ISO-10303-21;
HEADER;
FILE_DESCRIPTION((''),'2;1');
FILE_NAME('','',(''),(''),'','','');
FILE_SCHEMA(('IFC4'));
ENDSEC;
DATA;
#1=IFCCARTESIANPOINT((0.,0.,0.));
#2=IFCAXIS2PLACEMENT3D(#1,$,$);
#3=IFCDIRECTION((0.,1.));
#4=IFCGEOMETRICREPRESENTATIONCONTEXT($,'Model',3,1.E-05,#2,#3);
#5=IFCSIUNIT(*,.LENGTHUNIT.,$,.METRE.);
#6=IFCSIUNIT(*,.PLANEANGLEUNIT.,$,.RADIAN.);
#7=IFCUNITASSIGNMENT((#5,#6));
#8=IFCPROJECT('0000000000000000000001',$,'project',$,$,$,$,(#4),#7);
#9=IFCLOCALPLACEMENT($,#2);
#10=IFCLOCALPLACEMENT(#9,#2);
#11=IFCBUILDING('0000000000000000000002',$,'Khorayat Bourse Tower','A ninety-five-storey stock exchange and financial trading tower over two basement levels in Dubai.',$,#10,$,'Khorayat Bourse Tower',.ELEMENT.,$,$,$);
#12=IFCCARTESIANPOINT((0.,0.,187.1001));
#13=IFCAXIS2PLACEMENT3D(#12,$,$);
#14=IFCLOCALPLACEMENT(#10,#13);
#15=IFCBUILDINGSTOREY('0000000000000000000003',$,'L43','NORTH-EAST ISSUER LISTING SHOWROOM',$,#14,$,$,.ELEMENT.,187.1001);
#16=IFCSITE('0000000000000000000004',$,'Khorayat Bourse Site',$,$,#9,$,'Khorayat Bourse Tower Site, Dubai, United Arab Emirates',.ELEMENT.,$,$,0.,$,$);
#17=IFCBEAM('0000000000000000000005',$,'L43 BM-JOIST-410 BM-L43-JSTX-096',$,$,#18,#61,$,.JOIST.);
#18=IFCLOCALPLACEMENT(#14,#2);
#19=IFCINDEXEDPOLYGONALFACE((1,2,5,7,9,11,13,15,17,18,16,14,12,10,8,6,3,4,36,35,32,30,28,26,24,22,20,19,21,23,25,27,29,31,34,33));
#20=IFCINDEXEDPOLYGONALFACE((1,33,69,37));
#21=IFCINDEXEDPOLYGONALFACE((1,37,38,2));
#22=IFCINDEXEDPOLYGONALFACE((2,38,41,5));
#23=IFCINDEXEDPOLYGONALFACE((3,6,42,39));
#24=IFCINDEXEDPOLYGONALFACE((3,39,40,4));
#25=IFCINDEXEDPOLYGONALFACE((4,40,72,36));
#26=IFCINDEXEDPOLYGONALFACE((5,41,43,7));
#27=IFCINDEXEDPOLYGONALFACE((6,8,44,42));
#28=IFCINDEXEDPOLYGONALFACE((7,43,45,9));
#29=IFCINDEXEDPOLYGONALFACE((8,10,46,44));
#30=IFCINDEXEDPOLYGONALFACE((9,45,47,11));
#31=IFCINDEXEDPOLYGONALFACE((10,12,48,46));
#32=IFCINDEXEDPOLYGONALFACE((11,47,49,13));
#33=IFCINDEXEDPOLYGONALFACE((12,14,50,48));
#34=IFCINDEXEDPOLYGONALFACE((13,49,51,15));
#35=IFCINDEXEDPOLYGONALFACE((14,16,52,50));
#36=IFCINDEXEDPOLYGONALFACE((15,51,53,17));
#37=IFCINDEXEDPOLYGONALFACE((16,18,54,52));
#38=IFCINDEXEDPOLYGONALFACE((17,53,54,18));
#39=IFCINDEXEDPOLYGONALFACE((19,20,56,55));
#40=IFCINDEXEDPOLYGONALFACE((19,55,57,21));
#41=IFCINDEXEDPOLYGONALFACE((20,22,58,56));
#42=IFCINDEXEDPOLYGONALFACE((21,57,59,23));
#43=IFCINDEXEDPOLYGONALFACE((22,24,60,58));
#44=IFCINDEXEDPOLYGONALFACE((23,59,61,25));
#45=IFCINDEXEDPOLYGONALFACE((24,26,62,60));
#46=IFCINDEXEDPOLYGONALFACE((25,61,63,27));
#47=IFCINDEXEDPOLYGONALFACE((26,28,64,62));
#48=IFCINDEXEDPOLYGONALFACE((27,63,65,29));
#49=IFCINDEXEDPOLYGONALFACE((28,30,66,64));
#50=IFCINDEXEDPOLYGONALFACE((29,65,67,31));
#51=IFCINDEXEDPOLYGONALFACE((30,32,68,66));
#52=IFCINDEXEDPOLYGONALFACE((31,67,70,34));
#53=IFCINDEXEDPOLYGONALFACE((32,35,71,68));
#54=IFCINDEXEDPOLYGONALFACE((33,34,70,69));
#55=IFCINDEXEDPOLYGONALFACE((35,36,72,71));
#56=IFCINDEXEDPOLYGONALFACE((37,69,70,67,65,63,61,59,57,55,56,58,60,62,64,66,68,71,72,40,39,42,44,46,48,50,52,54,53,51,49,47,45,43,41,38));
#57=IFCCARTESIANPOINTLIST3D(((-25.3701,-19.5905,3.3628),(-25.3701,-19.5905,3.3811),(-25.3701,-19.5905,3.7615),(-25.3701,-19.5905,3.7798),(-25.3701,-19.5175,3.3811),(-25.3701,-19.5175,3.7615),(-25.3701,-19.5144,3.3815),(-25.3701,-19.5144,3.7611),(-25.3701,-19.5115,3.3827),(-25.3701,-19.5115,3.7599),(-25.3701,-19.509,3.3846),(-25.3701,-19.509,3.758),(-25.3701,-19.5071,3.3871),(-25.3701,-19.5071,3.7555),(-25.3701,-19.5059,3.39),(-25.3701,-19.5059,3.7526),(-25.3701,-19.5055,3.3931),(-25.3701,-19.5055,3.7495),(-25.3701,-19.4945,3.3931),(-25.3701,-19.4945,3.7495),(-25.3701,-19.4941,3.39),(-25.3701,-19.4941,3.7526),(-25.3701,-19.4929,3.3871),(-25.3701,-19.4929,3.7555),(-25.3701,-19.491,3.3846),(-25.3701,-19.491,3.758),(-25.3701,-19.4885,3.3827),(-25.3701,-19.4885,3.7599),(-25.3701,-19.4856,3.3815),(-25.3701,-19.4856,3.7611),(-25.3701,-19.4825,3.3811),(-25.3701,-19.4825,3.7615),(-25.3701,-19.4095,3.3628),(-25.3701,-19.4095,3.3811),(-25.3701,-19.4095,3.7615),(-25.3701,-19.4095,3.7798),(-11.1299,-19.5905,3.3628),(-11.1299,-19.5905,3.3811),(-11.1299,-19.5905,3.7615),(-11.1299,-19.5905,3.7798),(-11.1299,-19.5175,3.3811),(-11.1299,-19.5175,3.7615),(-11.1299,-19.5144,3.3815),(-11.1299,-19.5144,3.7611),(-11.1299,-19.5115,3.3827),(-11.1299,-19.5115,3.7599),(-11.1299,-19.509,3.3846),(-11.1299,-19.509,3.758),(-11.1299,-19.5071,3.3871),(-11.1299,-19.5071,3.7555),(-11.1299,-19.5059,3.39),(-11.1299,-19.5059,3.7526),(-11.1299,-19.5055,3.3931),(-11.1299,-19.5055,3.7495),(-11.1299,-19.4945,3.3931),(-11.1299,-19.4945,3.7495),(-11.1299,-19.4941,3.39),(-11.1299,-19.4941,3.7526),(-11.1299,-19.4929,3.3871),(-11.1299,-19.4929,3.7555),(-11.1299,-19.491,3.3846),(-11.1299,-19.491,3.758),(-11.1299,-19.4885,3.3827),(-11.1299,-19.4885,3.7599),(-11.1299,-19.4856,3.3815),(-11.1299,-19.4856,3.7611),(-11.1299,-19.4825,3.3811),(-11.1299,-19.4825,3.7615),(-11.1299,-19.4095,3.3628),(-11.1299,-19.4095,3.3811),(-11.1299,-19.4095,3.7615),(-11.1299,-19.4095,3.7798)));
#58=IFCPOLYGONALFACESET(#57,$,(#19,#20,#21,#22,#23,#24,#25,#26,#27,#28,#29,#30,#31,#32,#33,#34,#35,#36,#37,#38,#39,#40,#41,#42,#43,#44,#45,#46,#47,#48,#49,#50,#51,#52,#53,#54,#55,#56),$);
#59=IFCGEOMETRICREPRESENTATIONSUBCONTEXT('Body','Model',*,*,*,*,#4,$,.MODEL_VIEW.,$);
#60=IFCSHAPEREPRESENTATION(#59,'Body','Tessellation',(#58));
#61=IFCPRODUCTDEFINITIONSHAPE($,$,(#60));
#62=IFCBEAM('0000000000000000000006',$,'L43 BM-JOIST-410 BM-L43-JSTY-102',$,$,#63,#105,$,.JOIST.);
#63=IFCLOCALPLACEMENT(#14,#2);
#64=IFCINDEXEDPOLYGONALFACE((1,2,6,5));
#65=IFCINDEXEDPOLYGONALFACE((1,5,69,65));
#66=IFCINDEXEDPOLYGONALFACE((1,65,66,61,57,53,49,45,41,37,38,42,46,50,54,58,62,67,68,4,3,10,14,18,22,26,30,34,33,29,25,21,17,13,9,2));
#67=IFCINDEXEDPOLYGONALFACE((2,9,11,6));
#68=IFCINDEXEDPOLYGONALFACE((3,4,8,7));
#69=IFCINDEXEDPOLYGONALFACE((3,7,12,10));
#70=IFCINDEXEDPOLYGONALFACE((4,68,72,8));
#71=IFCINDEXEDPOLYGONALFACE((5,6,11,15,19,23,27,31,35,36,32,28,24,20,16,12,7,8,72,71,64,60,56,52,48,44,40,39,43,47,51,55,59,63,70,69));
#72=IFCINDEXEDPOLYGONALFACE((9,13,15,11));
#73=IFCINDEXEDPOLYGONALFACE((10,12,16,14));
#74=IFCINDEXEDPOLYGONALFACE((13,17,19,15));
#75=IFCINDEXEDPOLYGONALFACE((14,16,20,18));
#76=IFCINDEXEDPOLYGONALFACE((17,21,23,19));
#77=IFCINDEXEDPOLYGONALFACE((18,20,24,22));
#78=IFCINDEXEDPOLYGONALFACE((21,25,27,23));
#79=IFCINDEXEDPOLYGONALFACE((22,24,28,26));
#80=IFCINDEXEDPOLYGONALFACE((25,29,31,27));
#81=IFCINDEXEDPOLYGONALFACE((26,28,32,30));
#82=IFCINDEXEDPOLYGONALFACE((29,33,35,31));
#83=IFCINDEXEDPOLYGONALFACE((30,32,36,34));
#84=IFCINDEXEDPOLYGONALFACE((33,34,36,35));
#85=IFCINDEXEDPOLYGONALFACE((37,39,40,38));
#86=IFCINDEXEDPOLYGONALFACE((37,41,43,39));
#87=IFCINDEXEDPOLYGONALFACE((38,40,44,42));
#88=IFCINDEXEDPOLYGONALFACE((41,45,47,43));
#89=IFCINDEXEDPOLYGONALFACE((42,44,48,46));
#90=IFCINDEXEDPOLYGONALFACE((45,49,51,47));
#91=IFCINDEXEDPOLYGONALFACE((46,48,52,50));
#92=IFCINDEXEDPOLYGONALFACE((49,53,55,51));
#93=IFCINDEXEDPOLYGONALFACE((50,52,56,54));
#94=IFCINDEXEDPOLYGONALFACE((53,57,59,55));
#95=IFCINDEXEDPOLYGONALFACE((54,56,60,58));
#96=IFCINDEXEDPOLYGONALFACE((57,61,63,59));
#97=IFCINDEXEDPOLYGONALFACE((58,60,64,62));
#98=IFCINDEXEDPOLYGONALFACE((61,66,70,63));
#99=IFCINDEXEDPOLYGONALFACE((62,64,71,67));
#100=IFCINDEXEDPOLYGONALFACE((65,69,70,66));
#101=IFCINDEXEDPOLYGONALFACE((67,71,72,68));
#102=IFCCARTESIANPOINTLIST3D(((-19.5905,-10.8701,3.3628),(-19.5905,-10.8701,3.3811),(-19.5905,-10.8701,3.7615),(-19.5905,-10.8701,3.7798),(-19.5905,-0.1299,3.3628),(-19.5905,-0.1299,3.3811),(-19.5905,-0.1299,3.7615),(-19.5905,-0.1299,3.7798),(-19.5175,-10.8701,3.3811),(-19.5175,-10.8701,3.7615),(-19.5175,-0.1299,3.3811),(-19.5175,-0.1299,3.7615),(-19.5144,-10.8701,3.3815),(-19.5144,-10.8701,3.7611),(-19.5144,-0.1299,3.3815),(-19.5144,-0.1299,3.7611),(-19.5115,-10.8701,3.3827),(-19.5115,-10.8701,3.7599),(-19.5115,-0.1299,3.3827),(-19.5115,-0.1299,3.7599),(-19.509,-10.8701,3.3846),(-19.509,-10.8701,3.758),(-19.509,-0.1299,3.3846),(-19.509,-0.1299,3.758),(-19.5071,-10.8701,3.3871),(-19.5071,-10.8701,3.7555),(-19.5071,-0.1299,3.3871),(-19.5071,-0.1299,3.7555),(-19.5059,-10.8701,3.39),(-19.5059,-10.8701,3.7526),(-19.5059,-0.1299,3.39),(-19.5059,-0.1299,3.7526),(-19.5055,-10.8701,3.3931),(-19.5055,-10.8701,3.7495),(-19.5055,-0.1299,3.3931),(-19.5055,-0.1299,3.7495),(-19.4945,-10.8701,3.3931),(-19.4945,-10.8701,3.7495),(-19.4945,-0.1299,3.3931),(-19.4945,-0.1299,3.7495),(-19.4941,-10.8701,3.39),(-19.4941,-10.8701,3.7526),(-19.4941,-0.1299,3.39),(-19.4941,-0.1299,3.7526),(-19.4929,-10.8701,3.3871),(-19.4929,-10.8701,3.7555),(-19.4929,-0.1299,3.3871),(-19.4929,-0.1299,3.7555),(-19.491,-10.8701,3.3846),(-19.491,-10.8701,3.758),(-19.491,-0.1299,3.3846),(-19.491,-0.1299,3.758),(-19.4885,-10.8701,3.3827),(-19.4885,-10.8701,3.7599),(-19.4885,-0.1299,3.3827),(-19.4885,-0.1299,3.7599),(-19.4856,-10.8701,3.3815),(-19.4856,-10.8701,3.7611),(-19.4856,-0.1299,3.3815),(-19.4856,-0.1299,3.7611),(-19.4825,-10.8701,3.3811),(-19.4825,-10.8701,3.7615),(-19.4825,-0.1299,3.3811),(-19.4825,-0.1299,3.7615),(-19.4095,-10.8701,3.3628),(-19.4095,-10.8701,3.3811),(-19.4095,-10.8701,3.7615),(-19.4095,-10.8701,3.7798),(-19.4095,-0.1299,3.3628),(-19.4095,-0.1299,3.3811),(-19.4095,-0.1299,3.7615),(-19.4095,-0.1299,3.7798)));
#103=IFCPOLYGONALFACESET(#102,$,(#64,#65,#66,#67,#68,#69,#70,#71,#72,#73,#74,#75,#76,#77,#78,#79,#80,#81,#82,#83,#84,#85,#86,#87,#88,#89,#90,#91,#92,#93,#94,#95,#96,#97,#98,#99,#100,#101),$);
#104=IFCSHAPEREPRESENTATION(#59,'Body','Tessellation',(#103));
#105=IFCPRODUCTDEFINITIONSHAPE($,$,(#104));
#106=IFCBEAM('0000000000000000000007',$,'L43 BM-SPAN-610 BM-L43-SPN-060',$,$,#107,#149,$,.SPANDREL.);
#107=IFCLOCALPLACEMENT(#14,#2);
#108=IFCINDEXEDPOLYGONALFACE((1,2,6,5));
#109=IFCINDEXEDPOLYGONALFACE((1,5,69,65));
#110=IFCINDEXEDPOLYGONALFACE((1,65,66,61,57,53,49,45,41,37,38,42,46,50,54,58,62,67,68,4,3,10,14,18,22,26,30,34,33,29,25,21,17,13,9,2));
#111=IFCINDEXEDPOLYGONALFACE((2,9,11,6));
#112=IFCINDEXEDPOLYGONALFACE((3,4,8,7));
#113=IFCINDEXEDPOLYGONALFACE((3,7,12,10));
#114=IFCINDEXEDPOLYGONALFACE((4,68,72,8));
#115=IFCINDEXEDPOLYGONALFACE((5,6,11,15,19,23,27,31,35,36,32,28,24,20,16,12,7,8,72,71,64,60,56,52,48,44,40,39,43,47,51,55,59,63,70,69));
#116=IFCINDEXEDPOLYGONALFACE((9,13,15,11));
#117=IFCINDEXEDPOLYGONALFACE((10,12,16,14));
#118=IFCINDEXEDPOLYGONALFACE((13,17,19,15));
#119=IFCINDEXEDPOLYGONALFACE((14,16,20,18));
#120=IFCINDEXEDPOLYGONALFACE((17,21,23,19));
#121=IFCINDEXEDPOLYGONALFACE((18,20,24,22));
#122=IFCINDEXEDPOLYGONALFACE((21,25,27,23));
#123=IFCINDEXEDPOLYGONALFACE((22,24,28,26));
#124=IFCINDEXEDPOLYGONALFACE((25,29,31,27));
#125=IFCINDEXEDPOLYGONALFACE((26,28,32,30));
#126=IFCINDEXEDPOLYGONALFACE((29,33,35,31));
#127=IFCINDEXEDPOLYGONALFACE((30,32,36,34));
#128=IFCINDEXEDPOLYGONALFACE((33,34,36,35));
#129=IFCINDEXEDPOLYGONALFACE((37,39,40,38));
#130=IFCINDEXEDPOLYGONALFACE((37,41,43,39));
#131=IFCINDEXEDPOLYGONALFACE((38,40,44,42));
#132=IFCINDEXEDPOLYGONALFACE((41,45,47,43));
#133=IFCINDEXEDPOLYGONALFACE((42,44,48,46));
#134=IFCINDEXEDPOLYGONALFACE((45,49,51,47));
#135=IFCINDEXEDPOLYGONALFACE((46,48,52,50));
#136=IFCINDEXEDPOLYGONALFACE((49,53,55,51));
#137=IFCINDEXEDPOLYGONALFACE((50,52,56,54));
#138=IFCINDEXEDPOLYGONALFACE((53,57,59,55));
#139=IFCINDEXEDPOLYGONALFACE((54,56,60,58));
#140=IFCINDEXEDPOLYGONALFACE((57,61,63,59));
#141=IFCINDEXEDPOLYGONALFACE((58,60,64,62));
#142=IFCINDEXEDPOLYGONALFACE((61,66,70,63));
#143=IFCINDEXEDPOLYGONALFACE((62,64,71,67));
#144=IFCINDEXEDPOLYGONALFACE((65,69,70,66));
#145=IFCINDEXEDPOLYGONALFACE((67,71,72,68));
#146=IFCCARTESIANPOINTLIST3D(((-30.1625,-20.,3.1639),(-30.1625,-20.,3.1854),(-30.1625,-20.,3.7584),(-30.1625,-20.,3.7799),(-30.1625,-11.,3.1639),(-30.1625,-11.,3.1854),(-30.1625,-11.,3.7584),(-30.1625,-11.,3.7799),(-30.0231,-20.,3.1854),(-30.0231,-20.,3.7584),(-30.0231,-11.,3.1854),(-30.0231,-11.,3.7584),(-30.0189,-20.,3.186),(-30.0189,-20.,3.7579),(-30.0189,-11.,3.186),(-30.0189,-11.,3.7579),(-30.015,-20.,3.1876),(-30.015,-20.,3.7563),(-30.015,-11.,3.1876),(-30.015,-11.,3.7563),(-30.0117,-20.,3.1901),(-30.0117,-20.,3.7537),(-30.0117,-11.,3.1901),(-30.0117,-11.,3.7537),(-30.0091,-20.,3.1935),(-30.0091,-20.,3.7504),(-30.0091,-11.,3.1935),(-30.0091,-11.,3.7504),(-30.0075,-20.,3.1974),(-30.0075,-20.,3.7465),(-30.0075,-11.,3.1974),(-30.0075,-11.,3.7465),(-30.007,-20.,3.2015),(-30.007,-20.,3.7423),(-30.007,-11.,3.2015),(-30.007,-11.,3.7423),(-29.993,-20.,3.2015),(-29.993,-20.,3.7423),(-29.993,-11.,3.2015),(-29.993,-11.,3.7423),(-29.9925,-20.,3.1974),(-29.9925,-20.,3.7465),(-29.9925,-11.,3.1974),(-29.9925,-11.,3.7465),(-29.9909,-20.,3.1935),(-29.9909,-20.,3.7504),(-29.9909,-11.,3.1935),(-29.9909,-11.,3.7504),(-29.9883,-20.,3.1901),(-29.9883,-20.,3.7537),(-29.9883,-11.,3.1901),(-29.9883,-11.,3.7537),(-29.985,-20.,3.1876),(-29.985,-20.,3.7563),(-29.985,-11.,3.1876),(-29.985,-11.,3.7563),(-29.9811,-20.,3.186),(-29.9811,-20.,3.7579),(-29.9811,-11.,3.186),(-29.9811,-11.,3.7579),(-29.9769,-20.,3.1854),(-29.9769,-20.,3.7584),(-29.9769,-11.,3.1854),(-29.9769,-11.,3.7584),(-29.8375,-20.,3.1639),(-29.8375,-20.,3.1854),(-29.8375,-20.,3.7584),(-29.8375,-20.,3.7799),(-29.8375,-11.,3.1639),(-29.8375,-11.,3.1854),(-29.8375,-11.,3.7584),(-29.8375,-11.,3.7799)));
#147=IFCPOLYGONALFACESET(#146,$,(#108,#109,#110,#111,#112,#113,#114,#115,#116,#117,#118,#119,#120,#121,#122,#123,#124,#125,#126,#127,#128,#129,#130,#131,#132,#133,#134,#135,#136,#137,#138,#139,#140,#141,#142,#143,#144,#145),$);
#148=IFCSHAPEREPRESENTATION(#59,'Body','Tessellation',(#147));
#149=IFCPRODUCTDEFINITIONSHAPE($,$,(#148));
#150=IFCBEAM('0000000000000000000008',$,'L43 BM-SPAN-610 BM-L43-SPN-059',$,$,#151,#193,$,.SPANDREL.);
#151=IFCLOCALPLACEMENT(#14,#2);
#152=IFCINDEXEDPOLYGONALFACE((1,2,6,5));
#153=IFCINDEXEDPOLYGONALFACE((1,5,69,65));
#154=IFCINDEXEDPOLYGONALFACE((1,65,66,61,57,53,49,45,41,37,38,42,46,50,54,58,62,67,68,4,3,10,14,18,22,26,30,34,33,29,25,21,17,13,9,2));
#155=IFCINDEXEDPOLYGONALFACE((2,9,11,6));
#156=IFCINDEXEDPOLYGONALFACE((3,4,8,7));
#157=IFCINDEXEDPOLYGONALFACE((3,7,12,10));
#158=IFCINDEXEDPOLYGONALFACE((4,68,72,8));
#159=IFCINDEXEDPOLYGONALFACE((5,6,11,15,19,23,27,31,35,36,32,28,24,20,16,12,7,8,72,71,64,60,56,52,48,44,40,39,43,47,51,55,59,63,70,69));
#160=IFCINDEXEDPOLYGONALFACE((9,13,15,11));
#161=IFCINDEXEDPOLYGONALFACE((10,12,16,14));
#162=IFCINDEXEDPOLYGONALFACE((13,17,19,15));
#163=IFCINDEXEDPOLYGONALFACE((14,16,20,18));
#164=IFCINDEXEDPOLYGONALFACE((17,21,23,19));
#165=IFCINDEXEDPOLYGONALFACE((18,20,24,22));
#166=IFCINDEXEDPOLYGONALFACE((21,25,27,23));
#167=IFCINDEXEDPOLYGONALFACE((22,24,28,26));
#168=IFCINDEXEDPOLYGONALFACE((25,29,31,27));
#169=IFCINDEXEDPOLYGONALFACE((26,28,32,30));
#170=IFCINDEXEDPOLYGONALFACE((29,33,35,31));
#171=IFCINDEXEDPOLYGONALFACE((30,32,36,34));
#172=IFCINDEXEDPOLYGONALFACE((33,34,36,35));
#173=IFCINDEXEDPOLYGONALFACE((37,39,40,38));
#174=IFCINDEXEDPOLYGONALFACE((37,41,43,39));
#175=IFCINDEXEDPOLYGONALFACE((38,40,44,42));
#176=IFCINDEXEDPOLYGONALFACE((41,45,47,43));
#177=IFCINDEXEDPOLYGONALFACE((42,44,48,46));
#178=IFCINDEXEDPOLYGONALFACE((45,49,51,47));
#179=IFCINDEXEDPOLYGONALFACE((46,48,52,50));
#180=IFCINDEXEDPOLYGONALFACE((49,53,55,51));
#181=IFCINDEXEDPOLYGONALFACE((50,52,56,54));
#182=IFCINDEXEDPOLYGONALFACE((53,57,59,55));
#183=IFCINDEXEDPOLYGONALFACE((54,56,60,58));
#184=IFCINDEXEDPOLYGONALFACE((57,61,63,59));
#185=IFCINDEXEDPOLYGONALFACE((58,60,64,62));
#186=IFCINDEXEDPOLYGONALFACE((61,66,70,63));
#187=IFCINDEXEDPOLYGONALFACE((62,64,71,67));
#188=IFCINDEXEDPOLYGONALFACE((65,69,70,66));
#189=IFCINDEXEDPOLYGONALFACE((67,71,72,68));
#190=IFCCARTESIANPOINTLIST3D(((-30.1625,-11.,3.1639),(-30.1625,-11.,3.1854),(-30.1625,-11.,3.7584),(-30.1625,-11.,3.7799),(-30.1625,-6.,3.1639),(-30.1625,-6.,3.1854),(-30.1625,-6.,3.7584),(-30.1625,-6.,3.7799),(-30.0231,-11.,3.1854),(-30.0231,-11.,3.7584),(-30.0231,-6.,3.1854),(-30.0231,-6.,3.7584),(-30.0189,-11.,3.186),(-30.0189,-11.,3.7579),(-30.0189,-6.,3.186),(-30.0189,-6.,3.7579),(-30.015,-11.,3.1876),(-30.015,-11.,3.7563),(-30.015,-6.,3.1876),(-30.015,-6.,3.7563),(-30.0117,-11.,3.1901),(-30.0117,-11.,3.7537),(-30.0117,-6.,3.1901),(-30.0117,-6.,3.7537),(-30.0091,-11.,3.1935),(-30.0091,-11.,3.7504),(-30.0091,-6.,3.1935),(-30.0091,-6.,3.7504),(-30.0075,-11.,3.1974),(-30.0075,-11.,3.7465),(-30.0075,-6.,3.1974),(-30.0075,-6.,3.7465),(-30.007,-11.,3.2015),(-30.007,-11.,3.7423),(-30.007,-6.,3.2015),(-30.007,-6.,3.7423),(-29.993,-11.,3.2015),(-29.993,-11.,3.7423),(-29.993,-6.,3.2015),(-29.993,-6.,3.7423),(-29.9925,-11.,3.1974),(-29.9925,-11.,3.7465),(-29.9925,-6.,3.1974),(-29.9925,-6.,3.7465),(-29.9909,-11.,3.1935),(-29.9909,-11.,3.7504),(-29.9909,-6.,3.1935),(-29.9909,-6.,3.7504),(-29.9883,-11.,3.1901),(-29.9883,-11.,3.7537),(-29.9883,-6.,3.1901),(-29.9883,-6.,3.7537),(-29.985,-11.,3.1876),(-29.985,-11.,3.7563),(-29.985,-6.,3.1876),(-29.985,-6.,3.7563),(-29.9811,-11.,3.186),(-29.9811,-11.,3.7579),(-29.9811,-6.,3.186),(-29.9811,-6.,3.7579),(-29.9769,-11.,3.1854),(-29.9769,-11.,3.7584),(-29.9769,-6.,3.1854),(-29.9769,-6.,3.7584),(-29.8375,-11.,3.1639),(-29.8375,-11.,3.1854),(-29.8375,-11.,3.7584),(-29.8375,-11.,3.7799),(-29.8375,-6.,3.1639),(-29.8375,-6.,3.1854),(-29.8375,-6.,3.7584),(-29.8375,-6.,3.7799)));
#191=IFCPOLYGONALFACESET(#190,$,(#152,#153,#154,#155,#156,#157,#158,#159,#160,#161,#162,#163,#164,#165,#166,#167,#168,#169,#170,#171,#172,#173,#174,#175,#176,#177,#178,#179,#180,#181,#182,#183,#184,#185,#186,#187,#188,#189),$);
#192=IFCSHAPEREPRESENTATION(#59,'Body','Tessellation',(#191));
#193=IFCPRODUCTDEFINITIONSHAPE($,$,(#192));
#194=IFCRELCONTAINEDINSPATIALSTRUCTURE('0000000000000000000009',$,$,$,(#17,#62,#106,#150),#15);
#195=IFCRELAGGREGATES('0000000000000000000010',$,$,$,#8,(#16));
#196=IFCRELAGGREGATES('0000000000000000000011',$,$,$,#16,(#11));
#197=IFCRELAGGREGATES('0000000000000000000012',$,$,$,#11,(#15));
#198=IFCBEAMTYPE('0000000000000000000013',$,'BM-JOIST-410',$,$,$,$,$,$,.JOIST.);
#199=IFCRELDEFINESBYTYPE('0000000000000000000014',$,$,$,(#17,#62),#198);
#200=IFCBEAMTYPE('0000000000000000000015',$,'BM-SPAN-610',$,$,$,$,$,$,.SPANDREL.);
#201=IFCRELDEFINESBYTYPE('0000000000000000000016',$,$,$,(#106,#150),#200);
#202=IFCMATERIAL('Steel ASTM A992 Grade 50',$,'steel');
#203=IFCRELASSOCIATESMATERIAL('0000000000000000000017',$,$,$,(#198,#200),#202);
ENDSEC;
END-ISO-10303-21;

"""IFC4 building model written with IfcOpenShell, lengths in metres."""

from ifc_helpers import new_model, si_unit, direction, frame, origin, origin_2d, place, context, subcontext, project, spatial, i_section, extrude, source, transform, mapped, material, material_profile, profile_set, type_object, element, save


model = new_model("IFC4")

# Units and contexts
model_context = context("Model", 3, precision=1e-05, world=origin(), true_north=direction((0.0, 1.0)))
body_context = subcontext(model_context, "Body", "Model", "MODEL_VIEW")
ifc_project = project(units=[si_unit("LENGTHUNIT", "METRE"), si_unit("PLANEANGLEUNIT", "RADIAN")], contexts=[model_context])

# Site, building, storey
site_placement = place(None, origin())
site = spatial("IfcSite", under=ifc_project, at=site_placement, Name="Khorayat Bourse Site", LongName="Khorayat Bourse Tower Site, Dubai, United Arab Emirates", CompositionType="ELEMENT", RefElevation=0.0)
building_placement = place(site_placement, origin())
building = spatial("IfcBuilding", under=site, at=building_placement, Name="Khorayat Bourse Tower", Description="A ninety-five-storey stock exchange and financial trading tower over two basement levels in Dubai.", LongName="Khorayat Bourse Tower", CompositionType="ELEMENT")
storey_placement = place(building_placement, frame((0.0, 0.0, 187.1001)))
storey = spatial("IfcBuildingStorey", under=building, at=storey_placement, Name="L43", Description="NORTH-EAST ISSUER LISTING SHOWROOM", CompositionType="ELEMENT", Elevation=187.1001)

# Beams
ifc_material_1 = material(Name="Steel ASTM A992 Grade 50", Category="steel")
ifc_material_profile_1 = material_profile(ifc_material_1, i_section(OverallWidth=0.1809, OverallDepth=0.417, WebThickness=0.011, FlangeThickness=0.0183, FilletRadius=0.012, at=origin_2d()), Name="W410X85")
ifc_profile_set_1 = profile_set([ifc_material_profile_1], Name="Steel ASTM A992 Grade 50")
beam_type_1 = type_object("IfcBeamType", Name="BM-JOIST-410", PredefinedType="JOIST", material=ifc_profile_set_1)
shared_shape_1 = source(origin(), body_context, "Body", "SweptSolid", [
    extrude(i_section(OverallWidth=0.1809, OverallDepth=0.417, WebThickness=0.011, FlangeThickness=0.0183, FilletRadius=0.012, at=origin_2d()), origin(), (0.0, 0.0, 1.0), 14.2402),
])
beam_1_placement = place(storey_placement, frame((-25.3701, -19.5, 3.5713), z_axis=(1.0, 0.0, 0.0), x_axis=(0.0, 1.0, 0.0)))
element("IfcBeam", 1, at=beam_1_placement, inside=storey, type_object=beam_type_1, Name="L43 BM-JOIST-410 BM-L43-JSTX-096", PredefinedType="JOIST", context=body_context, shape_type="MappedRepresentation", body=[
    mapped(shared_shape_1, transform((0.0, 0.0, 0.0), scale=1.0)),
])
shared_shape_2 = source(origin(), body_context, "Body", "SweptSolid", [
    extrude(i_section(OverallWidth=0.1809, OverallDepth=0.417, WebThickness=0.011, FlangeThickness=0.0183, FilletRadius=0.012, at=origin_2d()), origin(), (0.0, 0.0, 1.0), 10.7402),
])
beam_2_placement = place(storey_placement, frame((-19.5, -10.8701, 3.5713), z_axis=(0.0, 1.0, 0.0), x_axis=(-1.0, 0.0, 0.0)))
element("IfcBeam", 2, at=beam_2_placement, inside=storey, type_object=beam_type_1, Name="L43 BM-JOIST-410 BM-L43-JSTY-102", PredefinedType="JOIST", context=body_context, shape_type="MappedRepresentation", body=[
    mapped(shared_shape_2, transform((0.0, 0.0, 0.0), scale=1.0)),
])
ifc_material_profile_2 = material_profile(ifc_material_1, i_section(OverallWidth=0.325, OverallDepth=0.616, WebThickness=0.0139, FlangeThickness=0.0215, FilletRadius=0.0161, at=origin_2d()), Name="W610X174")
ifc_profile_set_2 = profile_set([ifc_material_profile_2], Name="Steel ASTM A992 Grade 50")
beam_type_2 = type_object("IfcBeamType", Name="BM-SPAN-610", PredefinedType="SPANDREL", material=ifc_profile_set_2)
shared_shape_3 = source(origin(), body_context, "Body", "SweptSolid", [
    extrude(i_section(OverallWidth=0.325, OverallDepth=0.616, WebThickness=0.0139, FlangeThickness=0.0215, FilletRadius=0.0161, at=origin_2d()), origin(), (0.0, 0.0, 1.0), 9.0),
])
beam_3_placement = place(storey_placement, frame((-30.0, -20.0, 3.4719), z_axis=(0.0, 1.0, 0.0), x_axis=(-1.0, 0.0, 0.0)))
element("IfcBeam", 3, at=beam_3_placement, inside=storey, type_object=beam_type_2, Name="L43 BM-SPAN-610 BM-L43-SPN-060", PredefinedType="SPANDREL", context=body_context, shape_type="MappedRepresentation", body=[
    mapped(shared_shape_3, transform((0.0, 0.0, 0.0), scale=1.0)),
])
shared_shape_4 = source(origin(), body_context, "Body", "SweptSolid", [
    extrude(i_section(OverallWidth=0.325, OverallDepth=0.616, WebThickness=0.0139, FlangeThickness=0.0215, FilletRadius=0.0161, at=origin_2d()), origin(), (0.0, 0.0, 1.0), 5.0),
])
beam_4_placement = place(storey_placement, frame((-30.0, -11.0, 3.4719), z_axis=(0.0, 1.0, 0.0), x_axis=(-1.0, 0.0, 0.0)))
element("IfcBeam", 4, at=beam_4_placement, inside=storey, type_object=beam_type_2, Name="L43 BM-SPAN-610 BM-L43-SPN-059", PredefinedType="SPANDREL", context=body_context, shape_type="MappedRepresentation", body=[
    mapped(shared_shape_4, transform((0.0, 0.0, 0.0), scale=1.0)),
])

save(model, "model.ifc")
